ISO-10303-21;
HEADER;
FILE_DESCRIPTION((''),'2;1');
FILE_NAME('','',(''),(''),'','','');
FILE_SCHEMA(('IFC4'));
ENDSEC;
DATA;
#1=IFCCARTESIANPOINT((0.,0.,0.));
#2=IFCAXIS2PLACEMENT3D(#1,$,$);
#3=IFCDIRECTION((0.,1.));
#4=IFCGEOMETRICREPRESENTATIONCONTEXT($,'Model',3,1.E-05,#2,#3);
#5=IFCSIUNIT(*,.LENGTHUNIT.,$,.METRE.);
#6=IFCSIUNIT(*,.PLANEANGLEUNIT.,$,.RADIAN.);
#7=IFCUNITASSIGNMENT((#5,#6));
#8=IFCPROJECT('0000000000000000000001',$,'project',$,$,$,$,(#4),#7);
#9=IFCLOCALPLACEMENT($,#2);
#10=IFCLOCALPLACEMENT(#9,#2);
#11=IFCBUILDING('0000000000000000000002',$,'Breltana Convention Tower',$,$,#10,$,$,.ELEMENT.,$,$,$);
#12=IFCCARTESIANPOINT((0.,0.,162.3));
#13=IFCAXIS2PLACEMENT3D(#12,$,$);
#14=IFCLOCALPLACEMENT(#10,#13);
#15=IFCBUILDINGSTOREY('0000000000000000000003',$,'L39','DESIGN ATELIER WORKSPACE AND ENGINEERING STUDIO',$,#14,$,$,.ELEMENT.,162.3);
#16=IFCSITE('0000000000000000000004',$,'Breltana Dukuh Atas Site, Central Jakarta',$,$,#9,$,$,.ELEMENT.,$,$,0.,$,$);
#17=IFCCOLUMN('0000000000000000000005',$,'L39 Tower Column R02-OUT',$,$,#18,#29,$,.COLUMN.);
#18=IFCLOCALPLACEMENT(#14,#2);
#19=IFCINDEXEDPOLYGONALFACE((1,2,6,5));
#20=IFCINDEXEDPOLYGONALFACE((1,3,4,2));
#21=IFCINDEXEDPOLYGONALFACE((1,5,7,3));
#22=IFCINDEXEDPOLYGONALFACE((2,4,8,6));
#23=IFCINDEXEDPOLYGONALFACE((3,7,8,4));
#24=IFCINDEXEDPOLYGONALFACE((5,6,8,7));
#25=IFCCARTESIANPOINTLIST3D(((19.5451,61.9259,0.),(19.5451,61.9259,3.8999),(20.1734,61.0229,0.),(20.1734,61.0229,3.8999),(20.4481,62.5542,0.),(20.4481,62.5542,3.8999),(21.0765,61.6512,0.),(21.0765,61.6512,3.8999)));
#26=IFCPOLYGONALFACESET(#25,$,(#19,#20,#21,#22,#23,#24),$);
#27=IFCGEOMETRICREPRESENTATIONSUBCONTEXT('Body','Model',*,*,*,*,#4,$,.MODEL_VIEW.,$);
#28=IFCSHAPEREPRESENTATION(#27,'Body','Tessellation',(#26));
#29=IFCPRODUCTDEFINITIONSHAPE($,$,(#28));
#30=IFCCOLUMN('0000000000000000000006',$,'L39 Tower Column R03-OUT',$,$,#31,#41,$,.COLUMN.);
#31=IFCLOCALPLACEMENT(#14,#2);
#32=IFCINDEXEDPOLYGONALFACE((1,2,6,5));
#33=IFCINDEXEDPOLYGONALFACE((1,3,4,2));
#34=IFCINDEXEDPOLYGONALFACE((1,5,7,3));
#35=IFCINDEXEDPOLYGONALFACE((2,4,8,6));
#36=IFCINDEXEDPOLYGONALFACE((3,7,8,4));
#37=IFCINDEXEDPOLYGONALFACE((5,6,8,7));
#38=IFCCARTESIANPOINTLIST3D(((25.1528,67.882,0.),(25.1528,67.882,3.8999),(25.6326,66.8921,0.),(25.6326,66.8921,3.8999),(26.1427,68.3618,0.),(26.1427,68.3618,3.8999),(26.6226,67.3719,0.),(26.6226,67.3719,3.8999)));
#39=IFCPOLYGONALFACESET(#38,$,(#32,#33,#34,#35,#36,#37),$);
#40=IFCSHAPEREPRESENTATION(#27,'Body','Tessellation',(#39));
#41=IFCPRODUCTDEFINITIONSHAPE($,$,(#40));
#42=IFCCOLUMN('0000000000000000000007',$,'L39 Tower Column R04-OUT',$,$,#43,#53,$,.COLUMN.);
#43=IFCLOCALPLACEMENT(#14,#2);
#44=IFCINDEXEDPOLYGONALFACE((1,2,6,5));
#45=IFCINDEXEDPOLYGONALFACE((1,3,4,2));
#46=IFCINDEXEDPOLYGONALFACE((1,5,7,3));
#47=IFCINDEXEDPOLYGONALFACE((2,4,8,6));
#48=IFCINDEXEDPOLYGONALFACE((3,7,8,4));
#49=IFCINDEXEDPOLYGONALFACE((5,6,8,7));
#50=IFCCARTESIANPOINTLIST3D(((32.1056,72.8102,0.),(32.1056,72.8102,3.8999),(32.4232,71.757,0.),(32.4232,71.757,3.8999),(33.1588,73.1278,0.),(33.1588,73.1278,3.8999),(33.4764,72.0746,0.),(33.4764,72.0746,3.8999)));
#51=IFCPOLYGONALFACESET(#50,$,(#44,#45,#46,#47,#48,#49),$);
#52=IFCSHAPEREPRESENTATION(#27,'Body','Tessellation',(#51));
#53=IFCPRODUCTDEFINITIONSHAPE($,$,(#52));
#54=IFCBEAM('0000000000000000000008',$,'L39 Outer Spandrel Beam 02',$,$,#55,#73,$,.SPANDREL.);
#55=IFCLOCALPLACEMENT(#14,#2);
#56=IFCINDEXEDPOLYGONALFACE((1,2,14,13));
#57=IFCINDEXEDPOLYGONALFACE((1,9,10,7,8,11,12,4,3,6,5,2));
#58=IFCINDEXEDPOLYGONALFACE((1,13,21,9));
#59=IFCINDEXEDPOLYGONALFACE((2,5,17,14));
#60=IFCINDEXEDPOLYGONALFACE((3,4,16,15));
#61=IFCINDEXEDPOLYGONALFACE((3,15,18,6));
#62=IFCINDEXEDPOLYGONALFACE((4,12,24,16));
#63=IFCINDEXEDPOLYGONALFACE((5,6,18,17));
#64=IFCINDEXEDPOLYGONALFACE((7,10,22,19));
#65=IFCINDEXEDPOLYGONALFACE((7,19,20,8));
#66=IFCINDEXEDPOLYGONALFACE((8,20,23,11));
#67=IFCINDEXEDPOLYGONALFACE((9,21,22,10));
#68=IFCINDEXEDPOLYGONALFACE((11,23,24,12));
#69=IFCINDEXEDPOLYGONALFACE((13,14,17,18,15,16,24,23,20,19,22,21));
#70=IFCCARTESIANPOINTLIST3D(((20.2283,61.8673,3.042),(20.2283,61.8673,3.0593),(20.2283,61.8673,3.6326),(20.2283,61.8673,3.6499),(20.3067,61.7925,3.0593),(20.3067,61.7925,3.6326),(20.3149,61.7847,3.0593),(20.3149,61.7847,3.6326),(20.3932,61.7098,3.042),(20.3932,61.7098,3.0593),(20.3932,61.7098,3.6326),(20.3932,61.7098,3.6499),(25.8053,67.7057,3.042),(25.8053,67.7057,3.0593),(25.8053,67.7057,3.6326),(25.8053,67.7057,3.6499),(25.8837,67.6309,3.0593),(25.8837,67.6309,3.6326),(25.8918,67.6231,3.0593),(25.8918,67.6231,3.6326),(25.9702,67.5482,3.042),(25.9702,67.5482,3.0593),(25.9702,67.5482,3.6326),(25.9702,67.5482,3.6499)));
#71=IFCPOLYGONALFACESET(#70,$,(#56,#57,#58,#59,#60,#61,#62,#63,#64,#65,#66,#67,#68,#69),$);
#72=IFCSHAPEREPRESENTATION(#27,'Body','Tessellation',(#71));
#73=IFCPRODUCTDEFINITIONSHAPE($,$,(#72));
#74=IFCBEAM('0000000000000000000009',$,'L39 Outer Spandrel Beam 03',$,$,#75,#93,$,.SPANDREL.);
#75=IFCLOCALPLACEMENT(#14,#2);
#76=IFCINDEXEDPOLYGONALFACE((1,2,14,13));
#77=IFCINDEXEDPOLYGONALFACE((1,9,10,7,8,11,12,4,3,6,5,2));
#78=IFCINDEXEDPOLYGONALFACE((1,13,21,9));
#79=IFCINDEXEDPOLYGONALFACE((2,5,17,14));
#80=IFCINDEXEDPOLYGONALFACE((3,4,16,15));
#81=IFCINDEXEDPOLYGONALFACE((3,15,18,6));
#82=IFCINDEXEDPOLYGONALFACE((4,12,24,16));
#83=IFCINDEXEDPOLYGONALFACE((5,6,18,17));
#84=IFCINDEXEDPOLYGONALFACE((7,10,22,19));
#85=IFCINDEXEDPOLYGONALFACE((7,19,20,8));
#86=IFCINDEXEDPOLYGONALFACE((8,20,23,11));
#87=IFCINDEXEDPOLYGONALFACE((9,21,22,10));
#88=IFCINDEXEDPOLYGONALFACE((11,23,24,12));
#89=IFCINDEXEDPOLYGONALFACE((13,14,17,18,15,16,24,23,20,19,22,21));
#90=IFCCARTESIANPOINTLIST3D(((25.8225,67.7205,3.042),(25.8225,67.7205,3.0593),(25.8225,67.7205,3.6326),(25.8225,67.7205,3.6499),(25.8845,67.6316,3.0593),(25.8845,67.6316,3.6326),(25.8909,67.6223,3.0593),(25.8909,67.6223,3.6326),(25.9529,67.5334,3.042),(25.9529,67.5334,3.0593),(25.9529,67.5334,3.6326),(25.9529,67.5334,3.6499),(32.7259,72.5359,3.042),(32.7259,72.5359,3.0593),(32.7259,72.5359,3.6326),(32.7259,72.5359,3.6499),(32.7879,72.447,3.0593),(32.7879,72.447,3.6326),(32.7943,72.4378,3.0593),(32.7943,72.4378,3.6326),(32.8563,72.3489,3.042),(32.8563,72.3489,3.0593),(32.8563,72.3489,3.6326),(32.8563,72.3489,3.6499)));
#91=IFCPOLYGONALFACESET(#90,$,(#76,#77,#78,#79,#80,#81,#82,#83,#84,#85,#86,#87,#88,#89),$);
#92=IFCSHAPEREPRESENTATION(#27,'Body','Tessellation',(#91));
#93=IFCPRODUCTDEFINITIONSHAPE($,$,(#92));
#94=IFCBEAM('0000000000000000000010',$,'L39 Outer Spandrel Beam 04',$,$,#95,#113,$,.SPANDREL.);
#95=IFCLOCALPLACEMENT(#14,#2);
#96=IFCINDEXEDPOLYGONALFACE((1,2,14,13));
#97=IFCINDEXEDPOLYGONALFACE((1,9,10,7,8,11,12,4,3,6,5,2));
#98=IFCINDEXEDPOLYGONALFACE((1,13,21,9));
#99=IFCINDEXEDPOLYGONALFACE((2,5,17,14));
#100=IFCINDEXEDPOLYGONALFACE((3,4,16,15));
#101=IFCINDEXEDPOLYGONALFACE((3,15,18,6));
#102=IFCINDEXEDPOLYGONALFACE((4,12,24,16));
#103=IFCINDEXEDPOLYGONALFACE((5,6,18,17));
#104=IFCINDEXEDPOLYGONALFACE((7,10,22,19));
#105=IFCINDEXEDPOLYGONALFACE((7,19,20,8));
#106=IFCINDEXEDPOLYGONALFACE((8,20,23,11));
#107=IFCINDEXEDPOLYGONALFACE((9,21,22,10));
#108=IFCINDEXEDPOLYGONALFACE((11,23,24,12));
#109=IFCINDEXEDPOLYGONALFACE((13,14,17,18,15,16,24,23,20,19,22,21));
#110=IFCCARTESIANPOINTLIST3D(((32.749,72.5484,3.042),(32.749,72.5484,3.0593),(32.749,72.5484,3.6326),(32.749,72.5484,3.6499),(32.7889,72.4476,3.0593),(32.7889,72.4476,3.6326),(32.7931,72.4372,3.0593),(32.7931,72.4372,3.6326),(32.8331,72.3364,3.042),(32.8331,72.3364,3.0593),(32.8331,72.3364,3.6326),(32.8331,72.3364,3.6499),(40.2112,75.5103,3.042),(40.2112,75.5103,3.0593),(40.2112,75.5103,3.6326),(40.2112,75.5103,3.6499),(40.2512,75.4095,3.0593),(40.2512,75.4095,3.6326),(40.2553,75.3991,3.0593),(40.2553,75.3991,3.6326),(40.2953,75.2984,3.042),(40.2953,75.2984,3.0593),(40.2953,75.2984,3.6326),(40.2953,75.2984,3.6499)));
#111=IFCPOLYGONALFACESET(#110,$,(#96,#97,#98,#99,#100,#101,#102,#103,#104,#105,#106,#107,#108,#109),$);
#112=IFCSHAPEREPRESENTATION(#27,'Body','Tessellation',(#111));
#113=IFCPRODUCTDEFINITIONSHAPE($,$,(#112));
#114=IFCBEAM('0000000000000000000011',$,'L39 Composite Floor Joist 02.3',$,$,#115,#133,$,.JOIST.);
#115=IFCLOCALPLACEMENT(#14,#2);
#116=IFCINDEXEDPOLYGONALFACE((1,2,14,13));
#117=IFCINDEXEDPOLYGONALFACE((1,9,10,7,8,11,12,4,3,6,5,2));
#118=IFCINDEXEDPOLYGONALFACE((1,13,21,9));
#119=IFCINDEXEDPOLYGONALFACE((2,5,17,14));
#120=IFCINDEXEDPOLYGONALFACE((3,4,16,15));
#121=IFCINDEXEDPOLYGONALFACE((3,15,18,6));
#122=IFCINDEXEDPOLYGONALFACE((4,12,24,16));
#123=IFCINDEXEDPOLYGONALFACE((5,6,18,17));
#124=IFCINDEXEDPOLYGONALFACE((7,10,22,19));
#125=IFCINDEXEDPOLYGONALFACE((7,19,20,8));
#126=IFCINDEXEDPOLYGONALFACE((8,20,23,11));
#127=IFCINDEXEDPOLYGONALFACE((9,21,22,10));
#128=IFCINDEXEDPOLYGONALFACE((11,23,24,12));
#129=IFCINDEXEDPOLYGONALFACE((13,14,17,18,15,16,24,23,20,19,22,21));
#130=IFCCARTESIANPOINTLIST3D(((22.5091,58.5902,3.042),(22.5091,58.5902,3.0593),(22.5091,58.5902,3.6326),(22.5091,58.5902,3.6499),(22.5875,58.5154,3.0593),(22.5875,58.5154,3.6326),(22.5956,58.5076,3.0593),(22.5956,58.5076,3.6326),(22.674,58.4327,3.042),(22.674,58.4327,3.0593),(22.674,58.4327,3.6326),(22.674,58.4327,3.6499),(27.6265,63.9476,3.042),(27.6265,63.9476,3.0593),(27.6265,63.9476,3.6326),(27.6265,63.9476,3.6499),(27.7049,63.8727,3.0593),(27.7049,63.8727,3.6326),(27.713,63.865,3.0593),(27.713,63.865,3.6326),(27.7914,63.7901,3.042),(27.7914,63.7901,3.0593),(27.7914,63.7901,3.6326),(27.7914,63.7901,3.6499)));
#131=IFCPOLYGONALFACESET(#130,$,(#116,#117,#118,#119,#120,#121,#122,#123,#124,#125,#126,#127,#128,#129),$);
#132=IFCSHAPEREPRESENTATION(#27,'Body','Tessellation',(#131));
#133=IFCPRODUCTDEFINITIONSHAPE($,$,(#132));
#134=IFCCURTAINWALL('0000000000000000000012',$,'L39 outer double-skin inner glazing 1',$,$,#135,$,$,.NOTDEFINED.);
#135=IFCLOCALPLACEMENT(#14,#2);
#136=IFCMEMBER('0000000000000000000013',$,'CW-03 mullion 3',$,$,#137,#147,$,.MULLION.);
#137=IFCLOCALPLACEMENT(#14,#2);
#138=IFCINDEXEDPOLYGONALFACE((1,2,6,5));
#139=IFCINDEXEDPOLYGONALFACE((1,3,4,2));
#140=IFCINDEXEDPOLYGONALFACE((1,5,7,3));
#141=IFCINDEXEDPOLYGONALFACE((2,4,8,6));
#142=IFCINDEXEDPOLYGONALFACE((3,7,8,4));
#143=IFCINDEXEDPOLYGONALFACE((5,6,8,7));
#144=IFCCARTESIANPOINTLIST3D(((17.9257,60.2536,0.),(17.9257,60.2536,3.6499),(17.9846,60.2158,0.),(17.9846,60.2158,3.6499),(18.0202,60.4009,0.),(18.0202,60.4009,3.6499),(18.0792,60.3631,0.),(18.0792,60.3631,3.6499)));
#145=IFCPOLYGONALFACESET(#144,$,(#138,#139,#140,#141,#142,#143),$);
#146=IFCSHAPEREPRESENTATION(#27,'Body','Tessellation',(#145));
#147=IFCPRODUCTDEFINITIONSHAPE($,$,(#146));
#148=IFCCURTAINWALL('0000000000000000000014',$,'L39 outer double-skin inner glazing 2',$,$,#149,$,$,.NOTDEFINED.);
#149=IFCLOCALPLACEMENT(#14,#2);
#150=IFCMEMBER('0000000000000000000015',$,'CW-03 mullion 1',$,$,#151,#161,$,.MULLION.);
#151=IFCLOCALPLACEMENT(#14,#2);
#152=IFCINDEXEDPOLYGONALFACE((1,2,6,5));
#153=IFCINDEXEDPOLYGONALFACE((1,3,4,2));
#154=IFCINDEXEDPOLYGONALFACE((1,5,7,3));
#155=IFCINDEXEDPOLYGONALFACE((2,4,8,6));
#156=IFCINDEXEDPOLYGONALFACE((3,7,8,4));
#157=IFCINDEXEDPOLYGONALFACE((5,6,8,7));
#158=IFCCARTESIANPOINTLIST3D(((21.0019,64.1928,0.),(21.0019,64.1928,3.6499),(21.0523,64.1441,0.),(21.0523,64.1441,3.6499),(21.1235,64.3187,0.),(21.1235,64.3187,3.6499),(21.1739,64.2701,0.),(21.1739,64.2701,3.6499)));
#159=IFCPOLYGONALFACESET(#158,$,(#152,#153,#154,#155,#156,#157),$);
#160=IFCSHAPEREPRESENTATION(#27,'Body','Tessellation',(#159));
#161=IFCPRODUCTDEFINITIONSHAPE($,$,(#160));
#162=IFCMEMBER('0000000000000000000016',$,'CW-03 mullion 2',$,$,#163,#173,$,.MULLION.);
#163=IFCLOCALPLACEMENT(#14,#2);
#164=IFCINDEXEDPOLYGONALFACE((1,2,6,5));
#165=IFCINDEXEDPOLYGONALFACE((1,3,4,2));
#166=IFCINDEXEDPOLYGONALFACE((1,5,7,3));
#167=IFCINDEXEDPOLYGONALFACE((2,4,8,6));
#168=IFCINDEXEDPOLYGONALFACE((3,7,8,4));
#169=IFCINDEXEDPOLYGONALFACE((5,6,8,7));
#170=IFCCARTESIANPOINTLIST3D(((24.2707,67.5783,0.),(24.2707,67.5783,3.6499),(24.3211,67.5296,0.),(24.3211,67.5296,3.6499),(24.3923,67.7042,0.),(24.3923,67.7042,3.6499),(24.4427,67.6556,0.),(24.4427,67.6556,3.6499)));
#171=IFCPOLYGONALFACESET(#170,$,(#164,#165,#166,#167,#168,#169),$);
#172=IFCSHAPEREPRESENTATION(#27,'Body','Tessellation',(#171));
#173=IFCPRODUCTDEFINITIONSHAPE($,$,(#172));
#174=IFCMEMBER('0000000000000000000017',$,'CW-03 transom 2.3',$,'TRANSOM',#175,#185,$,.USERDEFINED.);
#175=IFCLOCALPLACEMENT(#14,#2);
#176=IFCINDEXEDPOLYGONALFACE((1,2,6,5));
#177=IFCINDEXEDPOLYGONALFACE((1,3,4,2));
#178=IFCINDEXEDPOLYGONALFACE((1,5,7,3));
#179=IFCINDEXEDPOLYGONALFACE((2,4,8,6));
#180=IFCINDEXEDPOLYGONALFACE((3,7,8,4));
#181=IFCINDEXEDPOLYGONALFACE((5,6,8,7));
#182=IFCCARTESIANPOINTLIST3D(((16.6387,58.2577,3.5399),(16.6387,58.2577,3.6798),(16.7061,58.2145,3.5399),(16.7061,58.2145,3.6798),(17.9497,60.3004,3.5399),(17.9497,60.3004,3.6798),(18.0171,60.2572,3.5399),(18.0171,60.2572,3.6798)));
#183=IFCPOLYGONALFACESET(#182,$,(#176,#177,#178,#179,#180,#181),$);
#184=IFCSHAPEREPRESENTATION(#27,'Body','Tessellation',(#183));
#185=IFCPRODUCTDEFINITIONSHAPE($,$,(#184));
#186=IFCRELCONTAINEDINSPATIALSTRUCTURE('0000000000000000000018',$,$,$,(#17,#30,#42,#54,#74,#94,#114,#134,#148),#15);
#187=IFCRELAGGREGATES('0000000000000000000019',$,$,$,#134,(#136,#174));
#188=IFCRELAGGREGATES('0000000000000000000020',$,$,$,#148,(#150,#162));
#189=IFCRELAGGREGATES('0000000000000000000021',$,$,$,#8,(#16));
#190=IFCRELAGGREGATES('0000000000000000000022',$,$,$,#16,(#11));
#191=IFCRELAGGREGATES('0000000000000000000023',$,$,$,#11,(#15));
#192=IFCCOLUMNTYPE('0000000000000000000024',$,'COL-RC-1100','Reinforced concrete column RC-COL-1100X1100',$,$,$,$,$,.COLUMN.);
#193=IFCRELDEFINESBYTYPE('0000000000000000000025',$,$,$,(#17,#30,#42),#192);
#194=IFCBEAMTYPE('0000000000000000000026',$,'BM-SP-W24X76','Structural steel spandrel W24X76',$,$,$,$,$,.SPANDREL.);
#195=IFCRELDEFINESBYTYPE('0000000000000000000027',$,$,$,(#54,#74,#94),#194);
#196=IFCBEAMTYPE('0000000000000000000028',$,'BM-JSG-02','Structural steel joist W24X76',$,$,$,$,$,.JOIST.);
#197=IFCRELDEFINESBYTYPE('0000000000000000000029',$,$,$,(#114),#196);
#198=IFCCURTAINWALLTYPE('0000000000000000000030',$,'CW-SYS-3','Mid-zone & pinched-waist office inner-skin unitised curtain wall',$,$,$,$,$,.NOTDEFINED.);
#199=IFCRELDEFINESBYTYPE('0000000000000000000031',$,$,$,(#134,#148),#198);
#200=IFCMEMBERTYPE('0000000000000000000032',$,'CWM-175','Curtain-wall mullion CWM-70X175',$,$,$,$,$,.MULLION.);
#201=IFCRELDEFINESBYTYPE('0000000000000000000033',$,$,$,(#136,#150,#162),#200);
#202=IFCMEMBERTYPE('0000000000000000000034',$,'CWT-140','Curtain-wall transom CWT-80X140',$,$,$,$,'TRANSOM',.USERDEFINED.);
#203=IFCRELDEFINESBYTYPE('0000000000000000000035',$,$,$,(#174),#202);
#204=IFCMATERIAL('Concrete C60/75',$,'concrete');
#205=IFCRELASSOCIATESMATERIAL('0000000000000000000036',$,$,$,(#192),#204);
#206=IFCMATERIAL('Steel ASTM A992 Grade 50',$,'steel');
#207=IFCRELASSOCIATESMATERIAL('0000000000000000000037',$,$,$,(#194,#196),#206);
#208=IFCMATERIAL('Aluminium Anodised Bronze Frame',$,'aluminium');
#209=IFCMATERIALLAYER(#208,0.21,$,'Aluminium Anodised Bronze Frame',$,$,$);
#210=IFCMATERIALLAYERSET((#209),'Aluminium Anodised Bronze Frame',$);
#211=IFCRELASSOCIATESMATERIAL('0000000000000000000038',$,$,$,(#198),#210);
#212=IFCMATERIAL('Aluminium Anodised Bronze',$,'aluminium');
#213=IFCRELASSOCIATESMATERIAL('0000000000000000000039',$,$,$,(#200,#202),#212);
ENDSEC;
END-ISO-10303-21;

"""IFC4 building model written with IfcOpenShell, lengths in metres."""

from ifc_helpers import new_model, si_unit, direction, frame, origin, origin_2d, place, context, subcontext, project, spatial, rectangle, i_section, extrude, source, transform, mapped, material, layer, layer_set, material_profile, profile_set, type_object, element, aggregate, save


model = new_model("IFC4")

# Units and contexts
model_context = context("Model", 3, precision=1e-05, world=origin(), true_north=direction((0.0, 1.0)))
body_context = subcontext(model_context, "Body", "Model", "MODEL_VIEW")
ifc_project = project(units=[si_unit("LENGTHUNIT", "METRE"), si_unit("PLANEANGLEUNIT", "RADIAN")], contexts=[model_context])

# Site, building, storey
site_placement = place(None, origin())
site = spatial("IfcSite", under=ifc_project, at=site_placement, Name="Breltana Dukuh Atas Site, Central Jakarta", CompositionType="ELEMENT", RefElevation=0.0)
building_placement = place(site_placement, origin())
building = spatial("IfcBuilding", under=site, at=building_placement, Name="Breltana Convention Tower", CompositionType="ELEMENT")
storey_placement = place(building_placement, frame((0.0, 0.0, 162.3)))
storey = spatial("IfcBuildingStorey", under=building, at=storey_placement, Name="L39", Description="DESIGN ATELIER WORKSPACE AND ENGINEERING STUDIO", CompositionType="ELEMENT", Elevation=162.3)

# Columns
ifc_material_1 = material(Name="Concrete C60/75", Category="concrete")
ifc_material_profile_1 = material_profile(ifc_material_1, rectangle(XDim=1.1001, YDim=1.1001, at=origin_2d()), Name="RC-COL-1100X1100")
ifc_profile_set_1 = profile_set([ifc_material_profile_1], Name="Concrete C60/75")
column_type = type_object("IfcColumnType", Name="COL-RC-1100", Description="Reinforced concrete column RC-COL-1100X1100", PredefinedType="COLUMN", material=ifc_profile_set_1)
shared_shape_1 = source(origin(), body_context, "Body", "SweptSolid", [
    extrude(rectangle(XDim=1.1001, YDim=1.1001, at=origin_2d()), origin(), (0.0, 0.0, 1.0), 3.8999),
])
for number, where, z_axis, x_axis, name in (
    (1, (20.3108, 61.7886, 0.0), (0.0, 0.0, 1.0), (-0.571143, 0.82085, 0.0), "L39 Tower Column R02-OUT"),
    (2, (25.8877, 67.627, 0.0), (0.0, 0.0, 1.0), (-0.436174, 0.899863, 0.0), "L39 Tower Column R03-OUT"),
    (3, (32.791, 72.4424, 0.0), (0.0, 0.0, 1.0), (-0.288698, 0.95742, 0.0), "L39 Tower Column R04-OUT"),
):
    element("IfcColumn", number, at=place(storey_placement, frame(where, z_axis=z_axis, x_axis=x_axis)), inside=storey, type_object=column_type, Name=name, PredefinedType="COLUMN", context=body_context, shape_type="MappedRepresentation", body=[
        mapped(shared_shape_1, transform((0.0, 0.0, 0.0), scale=1.0)),
    ])

# Beams
ifc_material_2 = material(Name="Steel ASTM A992 Grade 50", Category="steel")
ifc_material_profile_2 = material_profile(ifc_material_2, i_section(OverallWidth=0.228, OverallDepth=0.6079, WebThickness=0.0112, FlangeThickness=0.0173, at=origin_2d()), Name="W24X76")
ifc_profile_set_2 = profile_set([ifc_material_profile_2], Name="Steel ASTM A992 Grade 50")
beam_type_1 = type_object("IfcBeamType", Name="BM-SP-W24X76", Description="Structural steel spandrel W24X76", PredefinedType="SPANDREL", material=ifc_profile_set_2)
shared_shape_2 = source(origin(), body_context, "Body", "SweptSolid", [
    extrude(i_section(OverallWidth=0.228, OverallDepth=0.6079, WebThickness=0.0112, FlangeThickness=0.0173, at=origin_2d()), origin(), (0.0, 0.0, 1.0), 8.074),
])
beam_1_placement = place(storey_placement, frame((20.3108, 61.7886, 3.3459), z_axis=(0.690729, 0.723114, 0.0), x_axis=(-0.723114, 0.690729, 0.0)))
element("IfcBeam", 4, at=beam_1_placement, inside=storey, type_object=beam_type_1, Name="L39 Outer Spandrel Beam 02", PredefinedType="SPANDREL", context=body_context, shape_type="MappedRepresentation", body=[
    mapped(shared_shape_2, transform((0.0, 0.0, 0.0), scale=1.0)),
])
shared_shape_3 = source(origin(), body_context, "Body", "SweptSolid", [
    extrude(i_section(OverallWidth=0.228, OverallDepth=0.6079, WebThickness=0.0112, FlangeThickness=0.0173, at=origin_2d()), origin(), (0.0, 0.0, 1.0), 8.417),
])
beam_2_placement = place(storey_placement, frame((25.8877, 67.627, 3.3459), z_axis=(0.820174, 0.572114, 0.0), x_axis=(-0.572114, 0.820174, 0.0)))
element("IfcBeam", 5, at=beam_2_placement, inside=storey, type_object=beam_type_1, Name="L39 Outer Spandrel Beam 03", PredefinedType="SPANDREL", context=body_context, shape_type="MappedRepresentation", body=[
    mapped(shared_shape_3, transform((0.0, 0.0, 0.0), scale=1.0)),
])
shared_shape_4 = source(origin(), body_context, "Body", "SweptSolid", [
    extrude(i_section(OverallWidth=0.228, OverallDepth=0.6079, WebThickness=0.0112, FlangeThickness=0.0173, at=origin_2d()), origin(), (0.0, 0.0, 1.0), 8.0286),
])
beam_3_placement = place(storey_placement, frame((32.791, 72.4424, 3.3459), z_axis=(0.929459, 0.368925, 0.0), x_axis=(-0.368925, 0.929459, 0.0)))
element("IfcBeam", 6, at=beam_3_placement, inside=storey, type_object=beam_type_1, Name="L39 Outer Spandrel Beam 04", PredefinedType="SPANDREL", context=body_context, shape_type="MappedRepresentation", body=[
    mapped(shared_shape_4, transform((0.0, 0.0, 0.0), scale=1.0)),
])
ifc_material_profile_3 = material_profile(ifc_material_2, i_section(OverallWidth=0.228, OverallDepth=0.6079, WebThickness=0.0112, FlangeThickness=0.0173, at=origin_2d()), Name="W24X76")
ifc_profile_set_3 = profile_set([ifc_material_profile_3], Name="Steel ASTM A992 Grade 50")
beam_type_2 = type_object("IfcBeamType", Name="BM-JSG-02", Description="Structural steel joist W24X76", PredefinedType="JOIST", material=ifc_profile_set_3)
shared_shape_5 = source(origin(), body_context, "Body", "SweptSolid", [
    extrude(i_section(OverallWidth=0.228, OverallDepth=0.6079, WebThickness=0.0112, FlangeThickness=0.0173, at=origin_2d()), origin(), (0.0, 0.0, 1.0), 7.4087),
])
beam_4_placement = place(storey_placement, frame((22.5916, 58.5115, 3.3459), z_axis=(0.690725, 0.723118, 0.0), x_axis=(-0.723118, 0.690725, 0.0)))
element("IfcBeam", 7, at=beam_4_placement, inside=storey, type_object=beam_type_2, Name="L39 Composite Floor Joist 02.3", PredefinedType="JOIST", context=body_context, shape_type="MappedRepresentation", body=[
    mapped(shared_shape_5, transform((0.0, 0.0, 0.0), scale=1.0)),
])

# Curtain wall, member
ifc_material_3 = material(Name="Aluminium Anodised Bronze Frame", Category="aluminium")
ifc_layer_1 = layer(ifc_material_3, 0.21, Name="Aluminium Anodised Bronze Frame")
ifc_layer_set_1 = layer_set([ifc_layer_1], Name="Aluminium Anodised Bronze Frame")
curtain_wall_type = type_object("IfcCurtainWallType", Name="CW-SYS-3", Description="Mid-zone & pinched-waist office inner-skin unitised curtain wall", PredefinedType="NOTDEFINED", material=ifc_layer_set_1)
curtain_wall_1_placement = place(storey_placement, origin())
curtain_wall_1 = element("IfcCurtainWall", 8, at=curtain_wall_1_placement, inside=storey, type_object=curtain_wall_type, Name="L39 outer double-skin inner glazing 1", PredefinedType="NOTDEFINED")
ifc_material_4 = material(Name="Aluminium Anodised Bronze", Category="aluminium")
ifc_material_profile_4 = material_profile(ifc_material_4, rectangle(XDim=0.0701, YDim=0.175, at=origin_2d()), Name="CWM-70X175")
ifc_profile_set_4 = profile_set([ifc_material_profile_4], Name="Aluminium Anodised Bronze")
member_type_1 = type_object("IfcMemberType", Name="CWM-175", Description="Curtain-wall mullion CWM-70X175", PredefinedType="MULLION", material=ifc_profile_set_4)
shared_shape_6 = source(origin(), body_context, "Body", "SweptSolid", [
    extrude(rectangle(XDim=0.0701, YDim=0.175, at=origin_2d()), origin(), (0.0, 0.0, 1.0), 3.6499),
])
member_1_placement = place(storey_placement, frame((18.0024, 60.3083, 0.0), z_axis=(0.0, 0.0, 1.0), x_axis=(-0.841554, 0.540173, 0.0)))
member_1 = element("IfcMember", 9, at=member_1_placement, type_object=member_type_1, Name="CW-03 mullion 3", PredefinedType="MULLION", context=body_context, shape_type="MappedRepresentation", body=[
    mapped(shared_shape_6, transform((0.0, 0.0, 0.0), scale=1.0)),
])

# Curtain wall, members
curtain_wall_2_placement = place(storey_placement, origin())
curtain_wall_2 = element("IfcCurtainWall", 10, at=curtain_wall_2_placement, inside=storey, type_object=curtain_wall_type, Name="L39 outer double-skin inner glazing 2", PredefinedType="NOTDEFINED")
member_2_placement = place(storey_placement, frame((21.0879, 64.2314, 0.0), z_axis=(0.0, 0.0, 1.0), x_axis=(-0.719394, 0.694603, 0.0)))
member_2 = element("IfcMember", 11, at=member_2_placement, type_object=member_type_1, Name="CW-03 mullion 1", PredefinedType="MULLION", context=body_context, shape_type="MappedRepresentation", body=[
    mapped(shared_shape_6, transform((0.0, 0.0, 0.0), scale=1.0)),
])
member_3_placement = place(storey_placement, frame((24.3567, 67.6169, 0.0), z_axis=(0.0, 0.0, 1.0), x_axis=(-0.719394, 0.694603, 0.0)))
member_3 = element("IfcMember", 12, at=member_3_placement, type_object=member_type_1, Name="CW-03 mullion 2", PredefinedType="MULLION", context=body_context, shape_type="MappedRepresentation", body=[
    mapped(shared_shape_6, transform((0.0, 0.0, 0.0), scale=1.0)),
])

# Member
ifc_material_profile_5 = material_profile(ifc_material_4, rectangle(XDim=0.0801, YDim=0.1399, at=origin_2d()), Name="CWT-80X140")
ifc_profile_set_5 = profile_set([ifc_material_profile_5], Name="Aluminium Anodised Bronze")
member_type_2 = type_object("IfcMemberType", Name="CWT-140", Description="Curtain-wall transom CWT-80X140", ElementType="TRANSOM", PredefinedType="USERDEFINED", material=ifc_profile_set_5)
shared_shape_7 = source(origin(), body_context, "Body", "SweptSolid", [
    extrude(rectangle(XDim=0.0801, YDim=0.1399, at=origin_2d()), origin(), (0.0, 0.0, 1.0), 2.4272),
])
member_4_placement = place(storey_placement, frame((16.6724, 58.2361, 3.6099), z_axis=(0.540132, 0.84158, 0.0), x_axis=(-0.84158, 0.540132, 0.0)))
member_4 = element("IfcMember", 13, at=member_4_placement, type_object=member_type_2, Name="CW-03 transom 2.3", ObjectType="TRANSOM", PredefinedType="USERDEFINED", context=body_context, shape_type="MappedRepresentation", body=[
    mapped(shared_shape_7, transform((0.0, 0.0, 0.0), scale=1.0)),
])

aggregate(curtain_wall_1, [member_1, member_4])
aggregate(curtain_wall_2, [member_2, member_3])

save(model, "model.ifc")
